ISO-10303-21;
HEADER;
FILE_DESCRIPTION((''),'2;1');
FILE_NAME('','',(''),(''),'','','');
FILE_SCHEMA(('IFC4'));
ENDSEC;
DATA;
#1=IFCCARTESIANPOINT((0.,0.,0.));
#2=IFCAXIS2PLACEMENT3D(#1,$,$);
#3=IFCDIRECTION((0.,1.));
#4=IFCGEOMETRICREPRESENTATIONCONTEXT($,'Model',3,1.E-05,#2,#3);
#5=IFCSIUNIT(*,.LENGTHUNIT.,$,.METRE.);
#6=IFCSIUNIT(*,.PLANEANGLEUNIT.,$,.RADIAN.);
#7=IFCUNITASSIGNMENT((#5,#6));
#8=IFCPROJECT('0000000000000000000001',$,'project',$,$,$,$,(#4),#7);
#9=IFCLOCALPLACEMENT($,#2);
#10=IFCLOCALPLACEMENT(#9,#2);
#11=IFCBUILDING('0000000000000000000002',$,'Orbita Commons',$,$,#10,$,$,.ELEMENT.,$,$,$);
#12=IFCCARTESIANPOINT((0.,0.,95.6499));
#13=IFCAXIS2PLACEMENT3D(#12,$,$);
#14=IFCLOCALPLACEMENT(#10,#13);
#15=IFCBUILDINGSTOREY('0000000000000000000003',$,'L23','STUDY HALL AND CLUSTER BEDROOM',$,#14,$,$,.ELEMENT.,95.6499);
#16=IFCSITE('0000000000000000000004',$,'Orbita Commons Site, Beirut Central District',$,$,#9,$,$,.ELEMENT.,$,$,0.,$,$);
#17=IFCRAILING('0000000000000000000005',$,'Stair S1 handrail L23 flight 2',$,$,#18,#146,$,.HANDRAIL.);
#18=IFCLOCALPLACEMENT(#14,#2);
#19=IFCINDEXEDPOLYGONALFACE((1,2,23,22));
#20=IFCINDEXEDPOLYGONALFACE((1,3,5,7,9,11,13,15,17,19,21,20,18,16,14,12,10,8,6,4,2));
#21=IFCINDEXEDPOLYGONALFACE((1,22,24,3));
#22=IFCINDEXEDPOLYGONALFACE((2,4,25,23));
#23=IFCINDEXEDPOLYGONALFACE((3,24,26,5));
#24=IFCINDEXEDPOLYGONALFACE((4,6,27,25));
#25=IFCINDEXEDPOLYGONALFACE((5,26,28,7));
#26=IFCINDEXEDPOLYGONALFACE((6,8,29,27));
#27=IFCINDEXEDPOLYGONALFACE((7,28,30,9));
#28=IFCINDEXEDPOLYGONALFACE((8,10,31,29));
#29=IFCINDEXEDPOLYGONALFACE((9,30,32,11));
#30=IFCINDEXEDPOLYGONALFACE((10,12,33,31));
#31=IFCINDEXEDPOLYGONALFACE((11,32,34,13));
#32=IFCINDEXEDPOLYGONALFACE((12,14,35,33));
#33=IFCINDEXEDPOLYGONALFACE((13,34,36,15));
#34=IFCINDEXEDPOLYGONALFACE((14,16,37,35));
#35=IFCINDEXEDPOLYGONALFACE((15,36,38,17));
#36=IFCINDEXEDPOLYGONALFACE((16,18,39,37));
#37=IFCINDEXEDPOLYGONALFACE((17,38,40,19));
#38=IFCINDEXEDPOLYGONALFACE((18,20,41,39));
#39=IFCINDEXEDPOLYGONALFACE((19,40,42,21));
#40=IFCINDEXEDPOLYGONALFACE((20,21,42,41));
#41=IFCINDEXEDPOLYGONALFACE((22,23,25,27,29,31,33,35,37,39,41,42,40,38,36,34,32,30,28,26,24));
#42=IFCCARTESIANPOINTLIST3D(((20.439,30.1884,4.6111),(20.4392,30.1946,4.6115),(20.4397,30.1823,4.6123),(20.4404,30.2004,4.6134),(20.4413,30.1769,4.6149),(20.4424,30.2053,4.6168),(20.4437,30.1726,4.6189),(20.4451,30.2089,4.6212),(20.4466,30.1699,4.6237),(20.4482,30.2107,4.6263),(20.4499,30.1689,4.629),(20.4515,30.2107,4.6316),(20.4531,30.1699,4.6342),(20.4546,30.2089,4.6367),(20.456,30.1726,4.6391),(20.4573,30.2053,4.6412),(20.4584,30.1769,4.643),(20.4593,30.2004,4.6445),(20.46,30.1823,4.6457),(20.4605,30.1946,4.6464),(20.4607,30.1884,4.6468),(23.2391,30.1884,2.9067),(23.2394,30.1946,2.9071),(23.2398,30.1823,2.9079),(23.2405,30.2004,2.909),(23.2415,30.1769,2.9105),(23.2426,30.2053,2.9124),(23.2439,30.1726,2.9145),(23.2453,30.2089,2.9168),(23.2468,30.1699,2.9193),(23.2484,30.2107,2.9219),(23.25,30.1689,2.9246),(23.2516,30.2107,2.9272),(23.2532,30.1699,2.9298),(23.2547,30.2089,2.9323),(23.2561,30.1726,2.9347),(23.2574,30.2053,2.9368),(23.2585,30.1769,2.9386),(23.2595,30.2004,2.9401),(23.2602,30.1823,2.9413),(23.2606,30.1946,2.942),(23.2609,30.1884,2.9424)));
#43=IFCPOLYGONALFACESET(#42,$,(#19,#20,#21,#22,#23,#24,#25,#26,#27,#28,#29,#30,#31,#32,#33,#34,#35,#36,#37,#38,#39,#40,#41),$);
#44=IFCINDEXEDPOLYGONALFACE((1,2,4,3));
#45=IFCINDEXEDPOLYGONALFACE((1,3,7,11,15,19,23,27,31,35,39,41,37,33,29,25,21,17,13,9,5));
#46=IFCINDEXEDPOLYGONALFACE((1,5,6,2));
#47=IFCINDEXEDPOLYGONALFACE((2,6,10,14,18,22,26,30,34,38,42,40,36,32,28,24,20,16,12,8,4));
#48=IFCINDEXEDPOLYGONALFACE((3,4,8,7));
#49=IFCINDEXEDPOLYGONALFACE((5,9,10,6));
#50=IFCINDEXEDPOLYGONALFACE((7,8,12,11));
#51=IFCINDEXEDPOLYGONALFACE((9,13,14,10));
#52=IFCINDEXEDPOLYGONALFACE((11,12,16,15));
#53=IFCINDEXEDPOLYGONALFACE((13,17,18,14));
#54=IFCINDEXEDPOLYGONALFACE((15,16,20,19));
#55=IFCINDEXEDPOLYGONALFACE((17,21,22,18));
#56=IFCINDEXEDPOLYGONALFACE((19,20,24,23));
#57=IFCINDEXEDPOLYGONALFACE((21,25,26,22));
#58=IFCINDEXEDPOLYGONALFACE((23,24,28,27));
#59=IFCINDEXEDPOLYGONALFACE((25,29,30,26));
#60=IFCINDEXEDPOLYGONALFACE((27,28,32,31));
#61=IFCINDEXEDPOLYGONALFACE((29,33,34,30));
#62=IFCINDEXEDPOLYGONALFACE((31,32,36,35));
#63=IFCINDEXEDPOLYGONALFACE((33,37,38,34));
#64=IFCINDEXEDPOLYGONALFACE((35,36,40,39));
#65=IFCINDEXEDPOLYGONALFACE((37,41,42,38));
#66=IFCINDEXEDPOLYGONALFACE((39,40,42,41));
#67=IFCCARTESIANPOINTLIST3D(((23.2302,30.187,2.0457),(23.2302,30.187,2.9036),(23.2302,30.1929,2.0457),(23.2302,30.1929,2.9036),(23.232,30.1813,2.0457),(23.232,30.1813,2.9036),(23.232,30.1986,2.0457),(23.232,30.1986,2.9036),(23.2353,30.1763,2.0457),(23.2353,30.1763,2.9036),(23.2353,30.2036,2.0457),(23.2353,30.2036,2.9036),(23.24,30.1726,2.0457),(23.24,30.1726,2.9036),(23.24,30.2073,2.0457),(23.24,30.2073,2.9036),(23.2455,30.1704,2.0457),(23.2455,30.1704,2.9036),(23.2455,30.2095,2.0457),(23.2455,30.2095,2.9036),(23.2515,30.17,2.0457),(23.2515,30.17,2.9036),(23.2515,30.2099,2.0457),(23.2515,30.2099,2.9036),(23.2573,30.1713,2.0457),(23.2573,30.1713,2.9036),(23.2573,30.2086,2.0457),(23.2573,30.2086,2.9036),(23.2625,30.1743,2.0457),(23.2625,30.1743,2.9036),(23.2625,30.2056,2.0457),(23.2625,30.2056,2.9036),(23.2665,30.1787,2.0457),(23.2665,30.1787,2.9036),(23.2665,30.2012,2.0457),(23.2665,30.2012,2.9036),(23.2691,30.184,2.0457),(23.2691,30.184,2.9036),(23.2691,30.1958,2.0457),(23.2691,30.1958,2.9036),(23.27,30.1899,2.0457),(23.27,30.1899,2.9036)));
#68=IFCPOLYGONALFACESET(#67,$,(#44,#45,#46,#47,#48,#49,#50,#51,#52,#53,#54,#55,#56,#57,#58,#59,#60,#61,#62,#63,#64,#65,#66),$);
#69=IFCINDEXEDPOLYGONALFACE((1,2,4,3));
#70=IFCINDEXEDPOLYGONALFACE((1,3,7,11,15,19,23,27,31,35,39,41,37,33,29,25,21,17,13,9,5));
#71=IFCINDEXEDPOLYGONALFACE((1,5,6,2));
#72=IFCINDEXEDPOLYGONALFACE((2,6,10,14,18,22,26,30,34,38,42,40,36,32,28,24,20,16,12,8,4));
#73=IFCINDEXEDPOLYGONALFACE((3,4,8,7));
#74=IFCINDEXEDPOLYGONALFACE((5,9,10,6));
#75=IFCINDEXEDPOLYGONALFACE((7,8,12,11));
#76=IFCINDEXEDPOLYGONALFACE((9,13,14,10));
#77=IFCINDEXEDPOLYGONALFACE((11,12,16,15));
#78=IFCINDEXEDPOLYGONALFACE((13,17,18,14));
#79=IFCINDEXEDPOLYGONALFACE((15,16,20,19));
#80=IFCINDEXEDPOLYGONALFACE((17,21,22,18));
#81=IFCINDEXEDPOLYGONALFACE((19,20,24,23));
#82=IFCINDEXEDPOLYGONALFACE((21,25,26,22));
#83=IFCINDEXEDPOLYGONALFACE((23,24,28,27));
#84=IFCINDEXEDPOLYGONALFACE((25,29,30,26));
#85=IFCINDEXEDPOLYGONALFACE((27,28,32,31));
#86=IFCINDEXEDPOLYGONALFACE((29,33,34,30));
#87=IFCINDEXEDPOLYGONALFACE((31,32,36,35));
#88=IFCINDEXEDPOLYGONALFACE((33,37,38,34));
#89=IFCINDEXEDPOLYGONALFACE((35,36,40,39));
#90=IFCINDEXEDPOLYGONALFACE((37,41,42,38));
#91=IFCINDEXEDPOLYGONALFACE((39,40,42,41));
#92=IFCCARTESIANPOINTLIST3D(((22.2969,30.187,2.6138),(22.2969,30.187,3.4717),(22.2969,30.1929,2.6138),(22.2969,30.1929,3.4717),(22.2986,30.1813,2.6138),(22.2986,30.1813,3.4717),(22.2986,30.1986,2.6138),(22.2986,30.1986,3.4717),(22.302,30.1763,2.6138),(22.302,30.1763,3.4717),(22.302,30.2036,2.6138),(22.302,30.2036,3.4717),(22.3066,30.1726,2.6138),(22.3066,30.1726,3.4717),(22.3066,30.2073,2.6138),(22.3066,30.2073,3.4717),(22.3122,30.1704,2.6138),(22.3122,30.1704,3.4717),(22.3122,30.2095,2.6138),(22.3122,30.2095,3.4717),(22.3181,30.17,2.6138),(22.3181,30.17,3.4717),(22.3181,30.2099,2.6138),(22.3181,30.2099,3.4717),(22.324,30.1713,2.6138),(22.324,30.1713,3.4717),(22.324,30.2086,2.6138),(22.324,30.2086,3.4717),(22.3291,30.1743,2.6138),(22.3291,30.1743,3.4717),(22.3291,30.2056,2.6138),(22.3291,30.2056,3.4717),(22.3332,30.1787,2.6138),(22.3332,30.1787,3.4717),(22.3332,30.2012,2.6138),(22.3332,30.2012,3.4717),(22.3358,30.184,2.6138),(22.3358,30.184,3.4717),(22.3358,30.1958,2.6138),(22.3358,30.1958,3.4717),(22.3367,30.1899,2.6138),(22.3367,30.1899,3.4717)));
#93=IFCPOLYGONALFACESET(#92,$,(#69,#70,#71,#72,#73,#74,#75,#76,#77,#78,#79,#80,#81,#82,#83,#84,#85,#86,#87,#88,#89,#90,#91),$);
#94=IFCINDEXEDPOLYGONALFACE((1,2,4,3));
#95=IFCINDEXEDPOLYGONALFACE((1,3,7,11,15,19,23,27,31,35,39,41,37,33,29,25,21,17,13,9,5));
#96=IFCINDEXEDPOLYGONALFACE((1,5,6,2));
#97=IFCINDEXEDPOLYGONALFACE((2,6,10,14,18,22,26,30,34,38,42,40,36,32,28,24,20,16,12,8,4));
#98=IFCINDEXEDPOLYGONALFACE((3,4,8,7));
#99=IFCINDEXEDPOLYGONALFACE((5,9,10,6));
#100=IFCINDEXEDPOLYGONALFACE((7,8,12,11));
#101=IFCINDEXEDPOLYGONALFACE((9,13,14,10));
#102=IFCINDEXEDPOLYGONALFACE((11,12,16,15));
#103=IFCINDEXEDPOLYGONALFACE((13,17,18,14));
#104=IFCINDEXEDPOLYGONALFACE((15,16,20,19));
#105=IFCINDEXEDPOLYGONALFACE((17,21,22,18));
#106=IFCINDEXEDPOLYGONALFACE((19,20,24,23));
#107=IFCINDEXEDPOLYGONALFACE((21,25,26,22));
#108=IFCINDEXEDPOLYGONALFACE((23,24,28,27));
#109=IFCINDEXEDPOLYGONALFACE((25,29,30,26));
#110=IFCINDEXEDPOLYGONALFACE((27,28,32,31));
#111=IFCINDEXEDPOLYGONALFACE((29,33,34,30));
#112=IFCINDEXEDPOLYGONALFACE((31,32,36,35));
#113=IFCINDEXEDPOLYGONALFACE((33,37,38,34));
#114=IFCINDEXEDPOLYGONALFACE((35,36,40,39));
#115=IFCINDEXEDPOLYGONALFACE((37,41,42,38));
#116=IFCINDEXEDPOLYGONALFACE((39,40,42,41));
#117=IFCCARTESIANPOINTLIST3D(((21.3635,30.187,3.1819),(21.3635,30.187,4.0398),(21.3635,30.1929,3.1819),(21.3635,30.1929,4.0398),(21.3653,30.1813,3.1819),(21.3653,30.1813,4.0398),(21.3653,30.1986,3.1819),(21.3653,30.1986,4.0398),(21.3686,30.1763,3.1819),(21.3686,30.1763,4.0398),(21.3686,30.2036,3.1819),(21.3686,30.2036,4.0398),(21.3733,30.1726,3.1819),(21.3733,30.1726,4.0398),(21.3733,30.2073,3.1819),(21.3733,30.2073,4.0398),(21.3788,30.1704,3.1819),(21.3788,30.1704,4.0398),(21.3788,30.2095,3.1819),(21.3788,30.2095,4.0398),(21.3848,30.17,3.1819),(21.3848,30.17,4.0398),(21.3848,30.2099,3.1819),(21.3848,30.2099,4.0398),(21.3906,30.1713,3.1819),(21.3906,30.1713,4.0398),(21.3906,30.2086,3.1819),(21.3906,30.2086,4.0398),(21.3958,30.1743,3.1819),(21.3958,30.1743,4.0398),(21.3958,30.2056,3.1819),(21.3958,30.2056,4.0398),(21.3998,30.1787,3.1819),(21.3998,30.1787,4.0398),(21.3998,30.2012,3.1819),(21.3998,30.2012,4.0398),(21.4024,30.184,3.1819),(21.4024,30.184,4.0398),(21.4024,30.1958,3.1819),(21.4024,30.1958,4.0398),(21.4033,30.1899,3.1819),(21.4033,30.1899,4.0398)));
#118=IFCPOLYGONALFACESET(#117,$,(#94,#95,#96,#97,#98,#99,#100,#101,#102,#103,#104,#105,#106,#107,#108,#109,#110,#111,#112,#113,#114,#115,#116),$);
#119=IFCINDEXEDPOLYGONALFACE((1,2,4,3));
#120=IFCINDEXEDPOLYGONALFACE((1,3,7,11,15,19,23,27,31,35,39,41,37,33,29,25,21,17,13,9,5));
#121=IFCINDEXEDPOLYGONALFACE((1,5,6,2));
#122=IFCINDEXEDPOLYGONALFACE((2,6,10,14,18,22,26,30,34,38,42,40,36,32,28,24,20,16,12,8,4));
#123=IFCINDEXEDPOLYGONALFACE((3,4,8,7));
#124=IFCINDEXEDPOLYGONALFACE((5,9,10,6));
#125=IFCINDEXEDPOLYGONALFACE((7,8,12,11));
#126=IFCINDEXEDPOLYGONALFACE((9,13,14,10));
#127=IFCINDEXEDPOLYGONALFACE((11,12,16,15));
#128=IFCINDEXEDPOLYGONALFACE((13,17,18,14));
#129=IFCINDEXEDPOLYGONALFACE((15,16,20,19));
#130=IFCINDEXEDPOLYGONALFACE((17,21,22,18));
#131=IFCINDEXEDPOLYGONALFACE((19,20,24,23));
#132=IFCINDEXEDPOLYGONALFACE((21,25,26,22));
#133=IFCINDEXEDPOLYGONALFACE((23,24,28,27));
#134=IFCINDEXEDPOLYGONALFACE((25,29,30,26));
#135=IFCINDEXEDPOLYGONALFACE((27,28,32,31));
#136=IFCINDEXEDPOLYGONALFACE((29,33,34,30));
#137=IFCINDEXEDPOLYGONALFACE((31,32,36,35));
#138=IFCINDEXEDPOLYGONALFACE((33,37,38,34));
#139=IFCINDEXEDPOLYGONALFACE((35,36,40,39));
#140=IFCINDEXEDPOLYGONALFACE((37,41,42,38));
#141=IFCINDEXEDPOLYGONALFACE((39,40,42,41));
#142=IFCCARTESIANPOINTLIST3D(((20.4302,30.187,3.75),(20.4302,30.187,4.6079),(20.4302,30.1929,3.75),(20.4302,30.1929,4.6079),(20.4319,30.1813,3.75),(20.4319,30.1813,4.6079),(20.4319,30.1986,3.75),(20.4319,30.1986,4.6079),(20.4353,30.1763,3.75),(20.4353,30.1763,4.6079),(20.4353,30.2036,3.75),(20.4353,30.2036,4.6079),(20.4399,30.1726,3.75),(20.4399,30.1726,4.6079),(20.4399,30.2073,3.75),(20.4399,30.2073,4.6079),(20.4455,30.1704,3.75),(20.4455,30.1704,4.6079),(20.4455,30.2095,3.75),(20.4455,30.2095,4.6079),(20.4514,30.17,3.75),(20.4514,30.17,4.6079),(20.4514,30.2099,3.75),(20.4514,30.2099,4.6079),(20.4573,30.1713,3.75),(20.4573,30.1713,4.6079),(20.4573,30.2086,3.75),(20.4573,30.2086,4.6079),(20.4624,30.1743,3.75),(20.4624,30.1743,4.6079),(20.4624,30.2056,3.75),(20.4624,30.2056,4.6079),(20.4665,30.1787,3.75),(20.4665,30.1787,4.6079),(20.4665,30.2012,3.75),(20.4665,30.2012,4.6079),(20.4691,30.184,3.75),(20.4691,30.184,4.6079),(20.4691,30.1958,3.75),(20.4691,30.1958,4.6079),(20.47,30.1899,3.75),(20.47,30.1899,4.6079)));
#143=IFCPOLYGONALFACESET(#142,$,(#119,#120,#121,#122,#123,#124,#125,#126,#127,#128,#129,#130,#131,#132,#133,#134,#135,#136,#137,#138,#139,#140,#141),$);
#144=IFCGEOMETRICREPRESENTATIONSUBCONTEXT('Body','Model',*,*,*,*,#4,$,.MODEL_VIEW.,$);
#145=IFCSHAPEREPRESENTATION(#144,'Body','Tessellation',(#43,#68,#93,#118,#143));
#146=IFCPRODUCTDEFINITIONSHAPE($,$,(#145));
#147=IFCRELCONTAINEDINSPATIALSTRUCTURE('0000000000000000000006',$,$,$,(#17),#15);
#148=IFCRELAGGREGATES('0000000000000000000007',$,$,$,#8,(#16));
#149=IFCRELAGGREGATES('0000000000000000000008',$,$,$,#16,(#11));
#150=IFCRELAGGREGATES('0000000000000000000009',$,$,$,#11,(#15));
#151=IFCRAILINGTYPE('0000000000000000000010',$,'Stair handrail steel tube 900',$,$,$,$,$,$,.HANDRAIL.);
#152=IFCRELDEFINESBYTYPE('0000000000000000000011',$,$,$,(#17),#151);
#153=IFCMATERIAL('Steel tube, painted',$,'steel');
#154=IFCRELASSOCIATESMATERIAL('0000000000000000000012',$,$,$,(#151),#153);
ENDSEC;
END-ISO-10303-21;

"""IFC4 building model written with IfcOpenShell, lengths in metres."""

from ifc_helpers import new_model, si_unit, direction, frame, origin, origin_2d, place, context, subcontext, project, spatial, circle, extrude, material, type_object, element, save


model = new_model("IFC4")

# Units and contexts
model_context = context("Model", 3, precision=1e-05, world=origin(), true_north=direction((0.0, 1.0)))
body_context = subcontext(model_context, "Body", "Model", "MODEL_VIEW")
ifc_project = project(units=[si_unit("LENGTHUNIT", "METRE"), si_unit("PLANEANGLEUNIT", "RADIAN")], contexts=[model_context])

# Site, building, storey
site_placement = place(None, origin())
site = spatial("IfcSite", under=ifc_project, at=site_placement, Name="Orbita Commons Site, Beirut Central District", CompositionType="ELEMENT", RefElevation=0.0)
building_placement = place(site_placement, origin())
building = spatial("IfcBuilding", under=site, at=building_placement, Name="Orbita Commons", CompositionType="ELEMENT")
storey_placement = place(building_placement, frame((0.0, 0.0, 95.6499)))
storey = spatial("IfcBuildingStorey", under=building, at=storey_placement, Name="L23", Description="STUDY HALL AND CLUSTER BEDROOM", CompositionType="ELEMENT", Elevation=95.6499)

# Railing
ifc_material = material(Name="Steel tube, painted", Category="steel")
railing_type = type_object("IfcRailingType", Name="Stair handrail steel tube 900", PredefinedType="HANDRAIL", material=ifc_material)
for number, where, name in (
    (1, (23.25, 30.1899, 2.0457), "Stair S1 handrail L23 flight 2"),
):
    element("IfcRailing", number, at=place(storey_placement, frame(where)), inside=storey, type_object=railing_type, Name=name, PredefinedType="HANDRAIL", context=body_context, shape_type="SweptSolid", body=[
        extrude(circle(Radius=0.021, at=origin_2d()), frame((0.0, 0.0, 0.8789), z_axis=(-0.854203, 0.0, 0.51994), x_axis=(0.0, -1.0, 0.0)), (0.0, 0.0, 1.0), 3.2781),
        extrude(circle(Radius=0.02, at=origin_2d()), origin(), (0.0, 0.0, 1.0), 0.8579),
        extrude(circle(Radius=0.02, at=origin_2d()), frame((-0.9333, 0.0, 0.5681)), (0.0, 0.0, 1.0), 0.8579),
        extrude(circle(Radius=0.02, at=origin_2d()), frame((-1.8667, 0.0, 1.1362)), (0.0, 0.0, 1.0), 0.8579),
        extrude(circle(Radius=0.02, at=origin_2d()), frame((-2.8, 0.0, 1.7043)), (0.0, 0.0, 1.0), 0.8579),
    ])

save(model, "model.ifc")
